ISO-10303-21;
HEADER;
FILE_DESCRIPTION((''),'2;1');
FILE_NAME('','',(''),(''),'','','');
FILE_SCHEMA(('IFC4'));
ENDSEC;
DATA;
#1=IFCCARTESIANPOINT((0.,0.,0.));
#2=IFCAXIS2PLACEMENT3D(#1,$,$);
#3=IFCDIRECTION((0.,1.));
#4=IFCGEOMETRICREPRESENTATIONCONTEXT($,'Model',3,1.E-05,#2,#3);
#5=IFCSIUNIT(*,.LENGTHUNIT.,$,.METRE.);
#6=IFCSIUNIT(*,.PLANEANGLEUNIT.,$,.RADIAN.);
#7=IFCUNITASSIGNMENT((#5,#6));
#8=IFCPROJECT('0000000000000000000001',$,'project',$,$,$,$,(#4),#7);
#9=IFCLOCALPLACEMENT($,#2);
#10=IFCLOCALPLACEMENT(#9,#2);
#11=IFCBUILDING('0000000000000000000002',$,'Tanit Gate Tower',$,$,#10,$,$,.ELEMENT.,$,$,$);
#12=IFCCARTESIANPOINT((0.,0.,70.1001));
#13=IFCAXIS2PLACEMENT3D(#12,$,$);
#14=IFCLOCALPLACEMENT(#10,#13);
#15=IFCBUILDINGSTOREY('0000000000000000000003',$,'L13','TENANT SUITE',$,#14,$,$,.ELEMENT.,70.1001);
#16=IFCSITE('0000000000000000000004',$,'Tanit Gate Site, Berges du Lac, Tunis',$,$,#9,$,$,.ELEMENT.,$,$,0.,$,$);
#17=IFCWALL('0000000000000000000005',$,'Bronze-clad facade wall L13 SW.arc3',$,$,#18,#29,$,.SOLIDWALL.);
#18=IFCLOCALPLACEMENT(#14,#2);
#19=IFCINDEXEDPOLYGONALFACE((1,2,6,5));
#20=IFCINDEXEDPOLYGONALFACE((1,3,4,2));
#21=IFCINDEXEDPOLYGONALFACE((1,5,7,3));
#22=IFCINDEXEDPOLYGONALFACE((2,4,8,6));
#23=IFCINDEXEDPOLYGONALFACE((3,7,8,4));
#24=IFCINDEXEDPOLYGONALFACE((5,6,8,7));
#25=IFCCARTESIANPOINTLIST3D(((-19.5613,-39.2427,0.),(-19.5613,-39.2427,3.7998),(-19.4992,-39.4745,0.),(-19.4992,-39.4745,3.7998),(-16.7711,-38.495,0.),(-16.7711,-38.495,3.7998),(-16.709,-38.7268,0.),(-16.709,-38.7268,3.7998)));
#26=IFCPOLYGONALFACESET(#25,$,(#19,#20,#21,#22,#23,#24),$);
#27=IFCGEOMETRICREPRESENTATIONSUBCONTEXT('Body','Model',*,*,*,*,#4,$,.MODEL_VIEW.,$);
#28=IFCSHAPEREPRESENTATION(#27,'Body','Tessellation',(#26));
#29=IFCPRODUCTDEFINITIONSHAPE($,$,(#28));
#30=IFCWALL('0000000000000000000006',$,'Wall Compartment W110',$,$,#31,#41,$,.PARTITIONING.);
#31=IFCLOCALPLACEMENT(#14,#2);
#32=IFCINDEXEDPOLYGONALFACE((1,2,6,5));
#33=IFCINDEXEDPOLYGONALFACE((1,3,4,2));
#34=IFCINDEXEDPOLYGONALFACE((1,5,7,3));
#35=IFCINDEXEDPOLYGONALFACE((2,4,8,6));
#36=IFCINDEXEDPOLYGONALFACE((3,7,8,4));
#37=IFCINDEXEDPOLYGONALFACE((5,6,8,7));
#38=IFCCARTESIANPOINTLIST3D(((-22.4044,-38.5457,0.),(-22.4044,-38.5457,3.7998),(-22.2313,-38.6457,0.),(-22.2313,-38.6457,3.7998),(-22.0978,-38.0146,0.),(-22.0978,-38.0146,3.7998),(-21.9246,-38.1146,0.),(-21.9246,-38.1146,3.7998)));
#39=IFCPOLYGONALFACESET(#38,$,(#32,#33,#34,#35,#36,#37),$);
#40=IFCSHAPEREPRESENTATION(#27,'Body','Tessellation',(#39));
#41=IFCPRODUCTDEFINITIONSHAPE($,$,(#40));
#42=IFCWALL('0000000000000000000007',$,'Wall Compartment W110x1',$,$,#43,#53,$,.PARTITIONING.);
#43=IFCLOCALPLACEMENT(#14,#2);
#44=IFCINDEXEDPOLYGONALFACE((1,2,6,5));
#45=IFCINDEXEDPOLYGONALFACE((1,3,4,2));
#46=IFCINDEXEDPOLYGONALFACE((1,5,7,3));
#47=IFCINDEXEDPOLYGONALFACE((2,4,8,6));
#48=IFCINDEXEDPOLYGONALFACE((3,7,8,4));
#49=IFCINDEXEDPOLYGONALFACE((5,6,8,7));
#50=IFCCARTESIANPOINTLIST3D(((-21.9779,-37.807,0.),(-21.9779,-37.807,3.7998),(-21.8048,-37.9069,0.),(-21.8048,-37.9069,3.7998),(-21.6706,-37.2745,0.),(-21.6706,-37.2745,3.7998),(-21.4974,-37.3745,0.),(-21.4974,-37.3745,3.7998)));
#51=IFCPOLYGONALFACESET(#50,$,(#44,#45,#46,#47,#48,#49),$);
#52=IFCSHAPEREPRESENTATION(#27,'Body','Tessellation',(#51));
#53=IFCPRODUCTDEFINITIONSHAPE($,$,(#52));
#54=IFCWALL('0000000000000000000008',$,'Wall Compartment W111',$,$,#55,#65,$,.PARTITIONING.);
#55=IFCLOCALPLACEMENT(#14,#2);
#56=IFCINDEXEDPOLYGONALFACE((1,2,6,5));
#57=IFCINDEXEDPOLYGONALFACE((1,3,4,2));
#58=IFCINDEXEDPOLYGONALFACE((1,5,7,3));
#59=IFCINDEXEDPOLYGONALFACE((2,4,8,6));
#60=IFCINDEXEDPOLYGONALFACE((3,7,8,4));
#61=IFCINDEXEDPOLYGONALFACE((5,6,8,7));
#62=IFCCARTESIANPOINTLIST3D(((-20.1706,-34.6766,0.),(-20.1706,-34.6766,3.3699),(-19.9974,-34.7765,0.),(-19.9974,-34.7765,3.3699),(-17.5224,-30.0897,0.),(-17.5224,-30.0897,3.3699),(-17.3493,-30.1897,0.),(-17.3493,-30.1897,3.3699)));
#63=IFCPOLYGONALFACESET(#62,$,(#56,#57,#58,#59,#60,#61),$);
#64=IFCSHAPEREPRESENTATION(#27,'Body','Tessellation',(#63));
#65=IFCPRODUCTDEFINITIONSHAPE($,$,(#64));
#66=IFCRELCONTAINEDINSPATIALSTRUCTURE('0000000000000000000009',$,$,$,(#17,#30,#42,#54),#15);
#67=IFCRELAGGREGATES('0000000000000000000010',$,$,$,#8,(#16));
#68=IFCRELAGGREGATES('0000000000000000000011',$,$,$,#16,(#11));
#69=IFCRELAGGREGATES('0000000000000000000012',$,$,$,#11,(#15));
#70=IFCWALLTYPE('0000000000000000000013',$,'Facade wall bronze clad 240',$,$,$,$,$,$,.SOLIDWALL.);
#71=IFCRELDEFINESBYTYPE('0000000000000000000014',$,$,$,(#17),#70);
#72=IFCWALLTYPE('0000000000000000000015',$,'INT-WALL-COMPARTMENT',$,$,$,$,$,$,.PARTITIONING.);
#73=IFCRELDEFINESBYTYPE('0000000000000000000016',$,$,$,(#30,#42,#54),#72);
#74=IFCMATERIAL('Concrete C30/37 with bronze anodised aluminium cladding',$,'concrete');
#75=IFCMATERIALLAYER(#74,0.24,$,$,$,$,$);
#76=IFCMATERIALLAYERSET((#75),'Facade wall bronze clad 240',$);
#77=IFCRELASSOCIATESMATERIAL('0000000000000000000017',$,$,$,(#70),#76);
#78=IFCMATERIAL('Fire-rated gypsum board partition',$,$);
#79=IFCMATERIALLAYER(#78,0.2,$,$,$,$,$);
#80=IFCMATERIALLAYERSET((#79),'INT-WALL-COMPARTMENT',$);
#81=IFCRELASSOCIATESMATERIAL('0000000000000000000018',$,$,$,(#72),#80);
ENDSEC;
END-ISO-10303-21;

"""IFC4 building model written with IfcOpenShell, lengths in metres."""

from ifc_helpers import new_model, si_unit, direction, frame, frame_2d, origin, place, context, subcontext, project, spatial, rectangle, extrude, material, layer, layer_set, type_object, element, save


model = new_model("IFC4")

# Units and contexts
model_context = context("Model", 3, precision=1e-05, world=origin(), true_north=direction((0.0, 1.0)))
body_context = subcontext(model_context, "Body", "Model", "MODEL_VIEW")
ifc_project = project(units=[si_unit("LENGTHUNIT", "METRE"), si_unit("PLANEANGLEUNIT", "RADIAN")], contexts=[model_context])

# Site, building, storey
site_placement = place(None, origin())
site = spatial("IfcSite", under=ifc_project, at=site_placement, Name="Tanit Gate Site, Berges du Lac, Tunis", CompositionType="ELEMENT", RefElevation=0.0)
building_placement = place(site_placement, origin())
building = spatial("IfcBuilding", under=site, at=building_placement, Name="Tanit Gate Tower", CompositionType="ELEMENT")
storey_placement = place(building_placement, frame((0.0, 0.0, 70.1001)))
storey = spatial("IfcBuildingStorey", under=building, at=storey_placement, Name="L13", Description="TENANT SUITE", CompositionType="ELEMENT", Elevation=70.1001)

# Walls
ifc_material_1 = material(Name="Concrete C30/37 with bronze anodised aluminium cladding", Category="concrete")
ifc_layer_1 = layer(ifc_material_1, 0.24)
ifc_layer_set_1 = layer_set([ifc_layer_1], Name="Facade wall bronze clad 240")
wall_type_1 = type_object("IfcWallType", Name="Facade wall bronze clad 240", PredefinedType="SOLIDWALL", material=ifc_layer_set_1)
wall_1_placement = place(storey_placement, frame((-19.5303, -39.3586, 0.0), z_axis=(0.0, 0.0, 1.0), x_axis=(0.965913, 0.258867, 0.0)))
element("IfcWall", 1, at=wall_1_placement, inside=storey, type_object=wall_type_1, Name="Bronze-clad facade wall L13 SW.arc3", PredefinedType="SOLIDWALL", context=body_context, shape_type="SweptSolid", body=[
    extrude(rectangle(XDim=2.8887, YDim=0.24, at=frame_2d((1.4443, 0.0))), origin(), (0.0, 0.0, 1.0), 3.7998),
])
ifc_material_2 = material(Name="Fire-rated gypsum board partition")
ifc_layer_2 = layer(ifc_material_2, 0.2)
ifc_layer_set_2 = layer_set([ifc_layer_2], Name="INT-WALL-COMPARTMENT")
wall_type_2 = type_object("IfcWallType", Name="INT-WALL-COMPARTMENT", PredefinedType="PARTITIONING", material=ifc_layer_set_2)
wall_2_placement = place(storey_placement, frame((-22.3179, -38.5957, 0.0), z_axis=(0.0, 0.0, 1.0), x_axis=(0.500079, 0.86598, 0.0)))
element("IfcWall", 2, at=wall_2_placement, inside=storey, type_object=wall_type_2, Name="Wall Compartment W110", PredefinedType="PARTITIONING", context=body_context, shape_type="SweptSolid", body=[
    extrude(rectangle(XDim=0.6133, YDim=0.2, at=frame_2d((0.3066, 0.0))), origin(), (0.0, 0.0, 1.0), 3.7998),
])
wall_3_placement = place(storey_placement, frame((-21.8914, -37.8569, 0.0), z_axis=(0.0, 0.0, 1.0), x_axis=(0.49994, 0.86606, 0.0)))
element("IfcWall", 3, at=wall_3_placement, inside=storey, type_object=wall_type_2, Name="Wall Compartment W110x1", PredefinedType="PARTITIONING", context=body_context, shape_type="SweptSolid", body=[
    extrude(rectangle(XDim=0.6147, YDim=0.2, at=frame_2d((0.3074, 0.0))), origin(), (0.0, 0.0, 1.0), 3.7998),
])
wall_4_placement = place(storey_placement, frame((-20.084, -34.7266, 0.0), z_axis=(0.0, 0.0, 1.0), x_axis=(0.499991, 0.866031, 0.0)))
element("IfcWall", 4, at=wall_4_placement, inside=storey, type_object=wall_type_2, Name="Wall Compartment W111", PredefinedType="PARTITIONING", context=body_context, shape_type="SweptSolid", body=[
    extrude(rectangle(XDim=5.2964, YDim=0.2, at=frame_2d((2.6482, 0.0))), origin(), (0.0, 0.0, 1.0), 3.3699),
])

save(model, "model.ifc")
